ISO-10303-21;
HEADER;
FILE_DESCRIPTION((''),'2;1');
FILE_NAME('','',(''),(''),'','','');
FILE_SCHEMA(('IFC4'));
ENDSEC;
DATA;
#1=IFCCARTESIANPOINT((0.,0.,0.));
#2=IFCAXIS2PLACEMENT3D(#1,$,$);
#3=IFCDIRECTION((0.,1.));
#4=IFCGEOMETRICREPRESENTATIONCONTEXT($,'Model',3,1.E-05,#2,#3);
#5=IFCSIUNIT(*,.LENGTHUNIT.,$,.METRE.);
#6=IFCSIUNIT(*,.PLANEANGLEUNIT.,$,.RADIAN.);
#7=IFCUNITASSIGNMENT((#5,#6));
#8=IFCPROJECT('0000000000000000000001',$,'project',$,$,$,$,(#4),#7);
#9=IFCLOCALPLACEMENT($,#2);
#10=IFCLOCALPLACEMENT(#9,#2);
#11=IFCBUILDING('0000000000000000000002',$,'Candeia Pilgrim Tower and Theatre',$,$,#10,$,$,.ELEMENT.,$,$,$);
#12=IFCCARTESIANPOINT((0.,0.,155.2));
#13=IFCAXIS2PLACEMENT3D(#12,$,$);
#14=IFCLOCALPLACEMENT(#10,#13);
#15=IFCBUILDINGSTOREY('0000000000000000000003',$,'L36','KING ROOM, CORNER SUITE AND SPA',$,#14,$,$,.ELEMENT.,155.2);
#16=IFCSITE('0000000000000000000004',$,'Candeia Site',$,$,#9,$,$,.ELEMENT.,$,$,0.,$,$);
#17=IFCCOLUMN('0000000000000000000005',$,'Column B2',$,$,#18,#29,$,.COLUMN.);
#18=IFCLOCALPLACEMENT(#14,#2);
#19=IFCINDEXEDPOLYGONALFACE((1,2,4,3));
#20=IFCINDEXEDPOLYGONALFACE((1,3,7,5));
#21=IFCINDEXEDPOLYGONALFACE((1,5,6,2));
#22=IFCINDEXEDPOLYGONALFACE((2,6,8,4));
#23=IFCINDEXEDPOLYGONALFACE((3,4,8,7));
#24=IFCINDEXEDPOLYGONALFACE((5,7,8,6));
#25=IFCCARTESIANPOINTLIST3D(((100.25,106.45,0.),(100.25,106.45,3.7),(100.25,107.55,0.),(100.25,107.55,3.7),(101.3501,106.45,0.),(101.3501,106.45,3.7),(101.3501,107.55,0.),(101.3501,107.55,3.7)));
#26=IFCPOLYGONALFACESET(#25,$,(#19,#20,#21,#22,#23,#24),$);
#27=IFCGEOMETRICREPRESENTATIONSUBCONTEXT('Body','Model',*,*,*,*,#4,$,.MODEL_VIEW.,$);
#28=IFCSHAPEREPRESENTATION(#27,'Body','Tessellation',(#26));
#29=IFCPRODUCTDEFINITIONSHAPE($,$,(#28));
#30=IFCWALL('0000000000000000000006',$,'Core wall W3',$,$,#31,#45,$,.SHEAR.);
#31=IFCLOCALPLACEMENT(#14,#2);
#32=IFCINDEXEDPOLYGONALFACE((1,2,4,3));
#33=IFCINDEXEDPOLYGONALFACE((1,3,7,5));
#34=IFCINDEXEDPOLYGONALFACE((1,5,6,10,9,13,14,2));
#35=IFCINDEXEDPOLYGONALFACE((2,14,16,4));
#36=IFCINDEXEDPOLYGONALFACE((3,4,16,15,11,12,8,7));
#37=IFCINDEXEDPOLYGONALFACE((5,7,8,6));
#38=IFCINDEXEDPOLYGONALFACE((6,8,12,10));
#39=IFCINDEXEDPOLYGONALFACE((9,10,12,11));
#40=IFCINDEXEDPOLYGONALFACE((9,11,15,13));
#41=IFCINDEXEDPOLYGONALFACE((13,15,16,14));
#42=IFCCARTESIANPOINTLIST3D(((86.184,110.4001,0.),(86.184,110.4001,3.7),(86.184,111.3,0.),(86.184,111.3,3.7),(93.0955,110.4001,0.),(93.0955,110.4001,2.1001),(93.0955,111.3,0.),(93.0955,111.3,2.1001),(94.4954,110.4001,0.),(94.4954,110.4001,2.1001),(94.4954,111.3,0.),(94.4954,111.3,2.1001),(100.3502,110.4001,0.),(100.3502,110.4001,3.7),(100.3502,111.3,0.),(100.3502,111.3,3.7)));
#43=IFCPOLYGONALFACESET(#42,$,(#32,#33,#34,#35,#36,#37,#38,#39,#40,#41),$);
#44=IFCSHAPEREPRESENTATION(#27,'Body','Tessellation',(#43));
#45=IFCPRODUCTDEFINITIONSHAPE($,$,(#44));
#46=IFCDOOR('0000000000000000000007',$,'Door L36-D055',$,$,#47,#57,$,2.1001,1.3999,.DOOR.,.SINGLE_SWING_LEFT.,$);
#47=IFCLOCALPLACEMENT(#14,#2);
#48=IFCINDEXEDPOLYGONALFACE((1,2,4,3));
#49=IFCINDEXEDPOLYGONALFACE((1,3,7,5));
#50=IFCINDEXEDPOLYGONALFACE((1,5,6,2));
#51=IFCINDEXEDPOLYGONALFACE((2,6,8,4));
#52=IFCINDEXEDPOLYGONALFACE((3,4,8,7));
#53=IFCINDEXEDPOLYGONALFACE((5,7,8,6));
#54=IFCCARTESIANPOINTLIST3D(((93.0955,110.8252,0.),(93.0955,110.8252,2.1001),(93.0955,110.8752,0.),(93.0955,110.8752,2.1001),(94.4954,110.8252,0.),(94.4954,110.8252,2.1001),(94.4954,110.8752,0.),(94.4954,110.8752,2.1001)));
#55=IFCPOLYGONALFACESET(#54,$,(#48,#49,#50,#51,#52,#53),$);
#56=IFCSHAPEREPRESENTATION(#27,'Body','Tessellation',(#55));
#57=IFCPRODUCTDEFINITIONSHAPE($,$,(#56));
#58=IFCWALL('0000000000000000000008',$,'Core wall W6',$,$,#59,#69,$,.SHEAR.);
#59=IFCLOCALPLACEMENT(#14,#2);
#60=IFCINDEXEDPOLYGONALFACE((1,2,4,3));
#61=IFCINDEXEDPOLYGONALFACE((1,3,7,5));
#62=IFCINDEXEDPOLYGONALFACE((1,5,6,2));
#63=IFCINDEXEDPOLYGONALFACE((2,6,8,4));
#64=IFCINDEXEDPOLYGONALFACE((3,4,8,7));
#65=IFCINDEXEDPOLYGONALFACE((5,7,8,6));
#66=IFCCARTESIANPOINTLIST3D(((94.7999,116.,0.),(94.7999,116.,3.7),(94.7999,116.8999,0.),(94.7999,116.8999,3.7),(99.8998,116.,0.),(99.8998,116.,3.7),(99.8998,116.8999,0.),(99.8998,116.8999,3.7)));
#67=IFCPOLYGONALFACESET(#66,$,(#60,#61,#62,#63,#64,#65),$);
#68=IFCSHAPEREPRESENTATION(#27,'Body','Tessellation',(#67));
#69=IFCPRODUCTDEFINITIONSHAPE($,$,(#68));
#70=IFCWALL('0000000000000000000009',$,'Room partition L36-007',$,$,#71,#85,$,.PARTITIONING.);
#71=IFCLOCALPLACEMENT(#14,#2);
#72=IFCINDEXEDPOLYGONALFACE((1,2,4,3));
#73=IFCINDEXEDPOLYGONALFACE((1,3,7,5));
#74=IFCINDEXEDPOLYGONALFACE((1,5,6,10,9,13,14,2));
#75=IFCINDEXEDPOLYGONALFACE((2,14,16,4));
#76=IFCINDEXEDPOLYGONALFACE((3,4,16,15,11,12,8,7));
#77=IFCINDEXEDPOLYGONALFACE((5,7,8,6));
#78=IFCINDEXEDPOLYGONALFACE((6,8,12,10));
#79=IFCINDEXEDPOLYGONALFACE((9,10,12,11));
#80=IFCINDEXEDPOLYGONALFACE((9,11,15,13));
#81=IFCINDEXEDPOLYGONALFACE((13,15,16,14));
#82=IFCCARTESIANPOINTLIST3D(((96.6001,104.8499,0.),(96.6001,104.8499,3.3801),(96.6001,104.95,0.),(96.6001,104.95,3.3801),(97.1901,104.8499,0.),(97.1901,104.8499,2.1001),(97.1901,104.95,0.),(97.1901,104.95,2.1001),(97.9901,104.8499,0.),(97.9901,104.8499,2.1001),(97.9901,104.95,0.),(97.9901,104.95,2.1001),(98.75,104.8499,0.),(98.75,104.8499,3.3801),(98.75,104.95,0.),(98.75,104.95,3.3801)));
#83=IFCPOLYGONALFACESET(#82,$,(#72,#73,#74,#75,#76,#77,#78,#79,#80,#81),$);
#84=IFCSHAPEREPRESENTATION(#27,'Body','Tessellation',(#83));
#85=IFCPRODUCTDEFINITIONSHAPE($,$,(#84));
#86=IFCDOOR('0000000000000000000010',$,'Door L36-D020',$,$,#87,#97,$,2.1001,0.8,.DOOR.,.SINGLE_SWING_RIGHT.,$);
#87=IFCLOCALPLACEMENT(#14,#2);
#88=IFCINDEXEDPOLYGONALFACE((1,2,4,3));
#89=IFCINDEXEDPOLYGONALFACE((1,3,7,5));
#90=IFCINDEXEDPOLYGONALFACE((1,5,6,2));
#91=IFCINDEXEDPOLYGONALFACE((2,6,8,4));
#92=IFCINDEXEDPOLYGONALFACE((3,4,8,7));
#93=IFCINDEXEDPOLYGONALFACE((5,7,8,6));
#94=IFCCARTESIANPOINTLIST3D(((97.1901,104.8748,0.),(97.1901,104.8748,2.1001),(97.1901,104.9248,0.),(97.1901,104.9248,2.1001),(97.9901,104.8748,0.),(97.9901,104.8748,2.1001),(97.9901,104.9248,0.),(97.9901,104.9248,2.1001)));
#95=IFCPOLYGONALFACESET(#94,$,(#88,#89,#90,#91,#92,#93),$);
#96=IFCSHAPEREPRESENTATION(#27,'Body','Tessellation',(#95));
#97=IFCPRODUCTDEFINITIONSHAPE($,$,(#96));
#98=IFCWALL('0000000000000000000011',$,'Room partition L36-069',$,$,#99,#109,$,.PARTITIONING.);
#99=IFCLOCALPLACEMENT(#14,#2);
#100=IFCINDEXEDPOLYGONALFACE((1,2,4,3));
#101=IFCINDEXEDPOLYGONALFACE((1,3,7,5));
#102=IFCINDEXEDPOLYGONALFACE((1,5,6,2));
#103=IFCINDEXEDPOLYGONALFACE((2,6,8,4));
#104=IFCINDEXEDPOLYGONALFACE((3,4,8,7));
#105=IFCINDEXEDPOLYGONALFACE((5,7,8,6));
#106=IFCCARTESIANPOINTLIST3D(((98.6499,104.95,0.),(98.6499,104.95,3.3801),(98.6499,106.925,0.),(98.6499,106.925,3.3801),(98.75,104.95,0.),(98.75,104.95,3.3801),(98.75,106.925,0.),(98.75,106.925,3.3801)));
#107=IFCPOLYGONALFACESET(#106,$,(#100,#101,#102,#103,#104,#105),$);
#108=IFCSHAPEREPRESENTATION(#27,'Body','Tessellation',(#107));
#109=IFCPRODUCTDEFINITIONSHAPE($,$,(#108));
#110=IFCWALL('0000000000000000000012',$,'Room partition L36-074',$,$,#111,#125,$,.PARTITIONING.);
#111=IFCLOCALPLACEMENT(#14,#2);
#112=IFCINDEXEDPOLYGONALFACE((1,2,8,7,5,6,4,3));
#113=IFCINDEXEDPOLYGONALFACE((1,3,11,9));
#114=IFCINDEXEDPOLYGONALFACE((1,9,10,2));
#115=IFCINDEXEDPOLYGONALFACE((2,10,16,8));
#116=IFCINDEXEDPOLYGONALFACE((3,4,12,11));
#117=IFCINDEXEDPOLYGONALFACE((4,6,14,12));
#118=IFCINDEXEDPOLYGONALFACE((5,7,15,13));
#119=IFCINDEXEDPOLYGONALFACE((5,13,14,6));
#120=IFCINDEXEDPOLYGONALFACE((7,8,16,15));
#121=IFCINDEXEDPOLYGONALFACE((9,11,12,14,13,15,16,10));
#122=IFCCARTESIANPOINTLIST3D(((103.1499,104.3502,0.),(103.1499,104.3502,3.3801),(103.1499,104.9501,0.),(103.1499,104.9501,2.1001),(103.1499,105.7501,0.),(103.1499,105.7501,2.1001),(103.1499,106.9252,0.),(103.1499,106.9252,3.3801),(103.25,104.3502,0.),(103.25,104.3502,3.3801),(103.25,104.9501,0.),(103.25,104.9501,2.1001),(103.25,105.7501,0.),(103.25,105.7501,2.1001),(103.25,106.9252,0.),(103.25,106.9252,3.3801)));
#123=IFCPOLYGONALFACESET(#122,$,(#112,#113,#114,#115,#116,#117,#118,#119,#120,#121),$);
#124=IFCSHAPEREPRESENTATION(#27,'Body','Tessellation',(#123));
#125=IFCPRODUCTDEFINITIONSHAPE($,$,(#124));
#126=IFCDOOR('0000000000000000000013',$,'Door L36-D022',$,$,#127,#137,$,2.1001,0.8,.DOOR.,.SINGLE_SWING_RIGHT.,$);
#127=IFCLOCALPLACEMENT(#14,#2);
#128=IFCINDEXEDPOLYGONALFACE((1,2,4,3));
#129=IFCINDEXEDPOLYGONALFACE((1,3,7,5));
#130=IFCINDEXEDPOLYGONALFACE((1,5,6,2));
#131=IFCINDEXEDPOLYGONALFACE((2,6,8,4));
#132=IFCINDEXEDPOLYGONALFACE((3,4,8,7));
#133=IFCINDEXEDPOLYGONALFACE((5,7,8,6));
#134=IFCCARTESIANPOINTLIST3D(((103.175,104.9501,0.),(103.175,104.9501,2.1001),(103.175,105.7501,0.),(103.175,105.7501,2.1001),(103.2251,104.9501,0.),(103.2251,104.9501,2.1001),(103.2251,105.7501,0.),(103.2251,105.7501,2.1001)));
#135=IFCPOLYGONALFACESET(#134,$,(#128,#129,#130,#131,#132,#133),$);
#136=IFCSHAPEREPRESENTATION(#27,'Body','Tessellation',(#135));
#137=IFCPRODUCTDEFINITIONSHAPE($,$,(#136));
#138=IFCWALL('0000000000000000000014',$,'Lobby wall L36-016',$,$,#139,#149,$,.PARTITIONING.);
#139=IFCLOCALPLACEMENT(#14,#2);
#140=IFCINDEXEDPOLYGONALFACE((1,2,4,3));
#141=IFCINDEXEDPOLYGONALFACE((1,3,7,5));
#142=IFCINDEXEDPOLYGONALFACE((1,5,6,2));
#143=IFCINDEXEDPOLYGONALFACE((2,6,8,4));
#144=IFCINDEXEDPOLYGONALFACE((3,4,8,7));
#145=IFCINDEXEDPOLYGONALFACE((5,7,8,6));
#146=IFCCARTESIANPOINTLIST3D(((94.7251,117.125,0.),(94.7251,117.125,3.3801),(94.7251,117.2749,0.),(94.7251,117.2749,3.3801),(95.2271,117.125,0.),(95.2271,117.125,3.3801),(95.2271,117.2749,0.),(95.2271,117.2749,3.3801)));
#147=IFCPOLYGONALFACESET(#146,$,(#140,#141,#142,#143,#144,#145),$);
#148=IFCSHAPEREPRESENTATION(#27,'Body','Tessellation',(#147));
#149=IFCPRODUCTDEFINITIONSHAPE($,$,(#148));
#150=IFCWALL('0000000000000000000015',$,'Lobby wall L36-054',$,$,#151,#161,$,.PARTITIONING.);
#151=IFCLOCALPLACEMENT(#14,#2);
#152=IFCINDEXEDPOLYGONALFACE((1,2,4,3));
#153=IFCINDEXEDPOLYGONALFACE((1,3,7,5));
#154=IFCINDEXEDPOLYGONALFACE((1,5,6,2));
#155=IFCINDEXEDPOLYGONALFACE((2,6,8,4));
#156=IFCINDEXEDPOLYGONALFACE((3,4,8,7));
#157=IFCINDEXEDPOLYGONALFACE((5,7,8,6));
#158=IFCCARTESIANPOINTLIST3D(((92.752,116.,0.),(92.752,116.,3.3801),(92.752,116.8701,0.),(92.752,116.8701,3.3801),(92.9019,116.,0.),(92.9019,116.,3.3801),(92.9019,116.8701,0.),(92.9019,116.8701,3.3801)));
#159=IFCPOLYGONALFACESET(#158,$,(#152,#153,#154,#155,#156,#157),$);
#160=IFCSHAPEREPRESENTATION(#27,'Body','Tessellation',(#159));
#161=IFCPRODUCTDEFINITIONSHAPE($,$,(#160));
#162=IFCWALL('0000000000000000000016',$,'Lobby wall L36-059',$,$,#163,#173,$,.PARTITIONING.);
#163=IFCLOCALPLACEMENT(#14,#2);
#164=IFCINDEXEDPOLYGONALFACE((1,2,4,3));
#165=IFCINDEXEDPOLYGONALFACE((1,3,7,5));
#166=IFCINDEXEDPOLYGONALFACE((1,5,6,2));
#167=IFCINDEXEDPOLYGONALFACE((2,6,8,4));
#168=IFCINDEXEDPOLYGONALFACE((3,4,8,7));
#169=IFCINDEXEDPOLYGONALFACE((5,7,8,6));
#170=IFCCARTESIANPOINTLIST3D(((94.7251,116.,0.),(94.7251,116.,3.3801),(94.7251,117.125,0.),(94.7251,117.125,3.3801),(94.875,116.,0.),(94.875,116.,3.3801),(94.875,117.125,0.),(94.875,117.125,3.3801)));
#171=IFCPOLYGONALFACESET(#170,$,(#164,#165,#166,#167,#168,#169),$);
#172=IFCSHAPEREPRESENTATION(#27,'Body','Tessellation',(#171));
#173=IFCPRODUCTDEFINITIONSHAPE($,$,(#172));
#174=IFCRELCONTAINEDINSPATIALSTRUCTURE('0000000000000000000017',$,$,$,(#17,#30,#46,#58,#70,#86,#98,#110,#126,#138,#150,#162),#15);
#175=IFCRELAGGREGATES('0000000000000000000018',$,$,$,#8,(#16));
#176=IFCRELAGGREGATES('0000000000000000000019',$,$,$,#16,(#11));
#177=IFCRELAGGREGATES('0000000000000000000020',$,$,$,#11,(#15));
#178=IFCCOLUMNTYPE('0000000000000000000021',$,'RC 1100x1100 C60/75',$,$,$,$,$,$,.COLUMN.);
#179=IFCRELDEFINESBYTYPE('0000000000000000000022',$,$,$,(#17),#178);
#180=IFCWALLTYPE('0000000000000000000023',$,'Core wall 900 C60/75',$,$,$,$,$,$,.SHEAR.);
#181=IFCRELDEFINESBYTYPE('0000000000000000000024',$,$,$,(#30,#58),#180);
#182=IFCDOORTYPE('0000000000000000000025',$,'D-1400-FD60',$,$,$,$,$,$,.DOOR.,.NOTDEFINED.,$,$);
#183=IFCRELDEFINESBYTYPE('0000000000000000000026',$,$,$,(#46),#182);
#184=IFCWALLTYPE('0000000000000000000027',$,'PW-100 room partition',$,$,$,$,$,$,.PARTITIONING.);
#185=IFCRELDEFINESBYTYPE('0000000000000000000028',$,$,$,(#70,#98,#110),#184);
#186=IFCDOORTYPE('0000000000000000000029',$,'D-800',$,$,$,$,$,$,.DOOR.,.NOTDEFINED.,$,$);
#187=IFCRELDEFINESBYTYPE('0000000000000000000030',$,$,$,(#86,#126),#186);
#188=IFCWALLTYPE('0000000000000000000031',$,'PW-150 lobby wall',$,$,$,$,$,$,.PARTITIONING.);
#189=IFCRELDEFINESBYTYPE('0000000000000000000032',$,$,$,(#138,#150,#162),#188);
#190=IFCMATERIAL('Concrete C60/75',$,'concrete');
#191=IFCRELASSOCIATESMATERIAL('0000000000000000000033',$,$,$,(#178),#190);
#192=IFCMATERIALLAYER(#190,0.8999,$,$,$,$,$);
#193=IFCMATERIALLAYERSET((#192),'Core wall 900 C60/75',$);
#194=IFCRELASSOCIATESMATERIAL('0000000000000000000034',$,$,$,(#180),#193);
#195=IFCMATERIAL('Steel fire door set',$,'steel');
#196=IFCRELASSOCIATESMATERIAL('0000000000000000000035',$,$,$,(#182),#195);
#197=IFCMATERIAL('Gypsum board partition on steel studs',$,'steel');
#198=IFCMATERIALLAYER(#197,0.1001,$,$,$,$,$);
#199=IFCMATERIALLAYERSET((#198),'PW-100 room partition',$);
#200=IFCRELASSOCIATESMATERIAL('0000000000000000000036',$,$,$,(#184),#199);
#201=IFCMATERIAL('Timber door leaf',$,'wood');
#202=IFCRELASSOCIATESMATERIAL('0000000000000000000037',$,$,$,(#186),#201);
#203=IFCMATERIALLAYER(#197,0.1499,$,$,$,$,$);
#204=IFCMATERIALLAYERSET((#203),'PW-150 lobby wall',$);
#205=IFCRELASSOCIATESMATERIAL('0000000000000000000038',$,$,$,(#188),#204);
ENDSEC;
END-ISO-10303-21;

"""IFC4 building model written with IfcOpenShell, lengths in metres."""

from ifc_helpers import new_model, si_unit, direction, frame, frame_2d, origin, origin_2d, place, context, subcontext, project, spatial, rectangle, extrude, material, layer, layer_set, material_profile, profile_set, type_object, element, fill, save


model = new_model("IFC4")

# Units and contexts
model_context = context("Model", 3, precision=1e-05, world=origin(), true_north=direction((0.0, 1.0)))
body_context = subcontext(model_context, "Body", "Model", "MODEL_VIEW")
ifc_project = project(units=[si_unit("LENGTHUNIT", "METRE"), si_unit("PLANEANGLEUNIT", "RADIAN")], contexts=[model_context])

# Site, building, storey
site_placement = place(None, origin())
site = spatial("IfcSite", under=ifc_project, at=site_placement, Name="Candeia Site", CompositionType="ELEMENT", RefElevation=0.0)
building_placement = place(site_placement, origin())
building = spatial("IfcBuilding", under=site, at=building_placement, Name="Candeia Pilgrim Tower and Theatre", CompositionType="ELEMENT")
storey_placement = place(building_placement, frame((0.0, 0.0, 155.2)))
storey = spatial("IfcBuildingStorey", under=building, at=storey_placement, Name="L36", Description="KING ROOM, CORNER SUITE AND SPA", CompositionType="ELEMENT", Elevation=155.2)

# Column
ifc_material_1 = material(Name="Concrete C60/75", Category="concrete")
ifc_material_profile = material_profile(ifc_material_1, rectangle(XDim=1.1001, YDim=1.1001, at=origin_2d()))
ifc_profile_set = profile_set([ifc_material_profile], Name="Concrete C60/75")
column_type = type_object("IfcColumnType", Name="RC 1100x1100 C60/75", PredefinedType="COLUMN", material=ifc_profile_set)
column_placement = place(storey_placement, frame((100.8, 107.0, 0.0), z_axis=(0.0, 0.0, 1.0), x_axis=(1.0, 0.0, 0.0)))
element("IfcColumn", 1, at=column_placement, inside=storey, type_object=column_type, Name="Column B2", PredefinedType="COLUMN", context=body_context, shape_type="SweptSolid", body=[
    extrude(rectangle(XDim=1.1001, YDim=1.1001, at=origin_2d()), origin(), (0.0, 0.0, 1.0), 3.7),
])

# Wall, opening, door
ifc_layer_1 = layer(ifc_material_1, 0.8999)
ifc_layer_set_1 = layer_set([ifc_layer_1], Name="Core wall 900 C60/75")
wall_type_1 = type_object("IfcWallType", Name="Core wall 900 C60/75", PredefinedType="SHEAR", material=ifc_layer_set_1)
wall_1_placement = place(storey_placement, frame((100.3501, 110.8501, 0.0), z_axis=(0.0, 0.0, 1.0), x_axis=(-1.0, 0.0, 0.0)))
wall_1 = element("IfcWall", 2, at=wall_1_placement, inside=storey, type_object=wall_type_1, Name="Core wall W3", PredefinedType="SHEAR", context=body_context, shape_type="SweptSolid", body=[
    extrude(rectangle(XDim=14.1663, YDim=0.8999, at=frame_2d((7.083, 0.0))), origin(), (0.0, 0.0, 1.0), 3.7),
])
opening_1_placement = place(wall_1_placement, frame((5.8547, 0.0, 0.0)))
opening_1 = element("IfcOpeningElement", 3, at=opening_1_placement, cuts=wall_1, PredefinedType="OPENING", context=body_context, shape_type="SweptSolid", body=[
    extrude(rectangle(XDim=1.3999, YDim=2.1001, at=frame_2d((0.7, 1.05))), frame((0.0, 0.46, 0.0), z_axis=(0.0, -1.0, 0.0), x_axis=(1.0, 0.0, 0.0)), (0.0, 0.0, 1.0), 0.9199),
])
ifc_material_2 = material(Name="Steel fire door set", Category="steel")
door_type_1 = type_object("IfcDoorType", Name="D-1400-FD60", OperationType="NOTDEFINED", PredefinedType="DOOR", material=ifc_material_2)
door_1_placement = place(opening_1_placement, origin())
door_1 = element("IfcDoor", 4, at=door_1_placement, inside=storey, type_object=door_type_1, Name="Door L36-D055", OperationType="SINGLE_SWING_LEFT", OverallHeight=2.1001, OverallWidth=1.3999, PredefinedType="DOOR", context=body_context, shape_type="SweptSolid", body=[
    extrude(rectangle(XDim=1.3999, YDim=2.1001, at=frame_2d((0.7, 1.05))), frame((0.0, 0.0249, 0.0), z_axis=(0.0, -1.0, 0.0), x_axis=(1.0, 0.0, 0.0)), (0.0, 0.0, 1.0), 0.05),
])
fill(opening_1, door_1)

# Wall
wall_2_placement = place(storey_placement, frame((94.8, 116.45, 0.0), z_axis=(0.0, 0.0, 1.0), x_axis=(1.0, 0.0, 0.0)))
element("IfcWall", 5, at=wall_2_placement, inside=storey, type_object=wall_type_1, Name="Core wall W6", PredefinedType="SHEAR", context=body_context, shape_type="SweptSolid", body=[
    extrude(rectangle(XDim=5.0999, YDim=0.8999, at=frame_2d((2.5498, 0.0))), origin(), (0.0, 0.0, 1.0), 3.7),
])

# Wall, opening, door
ifc_material_3 = material(Name="Gypsum board partition on steel studs", Category="steel")
ifc_layer_2 = layer(ifc_material_3, 0.1001)
ifc_layer_set_2 = layer_set([ifc_layer_2], Name="PW-100 room partition")
wall_type_2 = type_object("IfcWallType", Name="PW-100 room partition", PredefinedType="PARTITIONING", material=ifc_layer_set_2)
wall_3_placement = place(storey_placement, frame((96.6001, 104.8999, 0.0), z_axis=(0.0, 0.0, 1.0), x_axis=(1.0, 0.0, 0.0)))
wall_3 = element("IfcWall", 6, at=wall_3_placement, inside=storey, type_object=wall_type_2, Name="Room partition L36-007", PredefinedType="PARTITIONING", context=body_context, shape_type="SweptSolid", body=[
    extrude(rectangle(XDim=2.1499, YDim=0.1001, at=frame_2d((1.075, 0.0))), origin(), (0.0, 0.0, 1.0), 3.3801),
])
opening_2_placement = place(wall_3_placement, frame((0.5901, 0.0, 0.0)))
opening_2 = element("IfcOpeningElement", 7, at=opening_2_placement, cuts=wall_3, PredefinedType="OPENING", context=body_context, shape_type="SweptSolid", body=[
    extrude(rectangle(XDim=0.8, YDim=2.1001, at=frame_2d((0.3999, 1.05))), frame((0.0, 0.0601, 0.0), z_axis=(0.0, -1.0, 0.0), x_axis=(1.0, 0.0, 0.0)), (0.0, 0.0, 1.0), 0.1201),
])
ifc_material_4 = material(Name="Timber door leaf", Category="wood")
door_type_2 = type_object("IfcDoorType", Name="D-800", OperationType="NOTDEFINED", PredefinedType="DOOR", material=ifc_material_4)
door_2_placement = place(opening_2_placement, origin())
door_2 = element("IfcDoor", 8, at=door_2_placement, inside=storey, type_object=door_type_2, Name="Door L36-D020", OperationType="SINGLE_SWING_RIGHT", OverallHeight=2.1001, OverallWidth=0.8, PredefinedType="DOOR", context=body_context, shape_type="SweptSolid", body=[
    extrude(rectangle(XDim=0.8, YDim=2.1001, at=frame_2d((0.3999, 1.05))), frame((0.0, 0.0249, 0.0), z_axis=(0.0, -1.0, 0.0), x_axis=(1.0, 0.0, 0.0)), (0.0, 0.0, 1.0), 0.05),
])
fill(opening_2, door_2)

# Wall
wall_4_placement = place(storey_placement, frame((98.7, 104.95, 0.0), z_axis=(0.0, 0.0, 1.0), x_axis=(0.0, 1.0, 0.0)))
element("IfcWall", 9, at=wall_4_placement, inside=storey, type_object=wall_type_2, Name="Room partition L36-069", PredefinedType="PARTITIONING", context=body_context, shape_type="SweptSolid", body=[
    extrude(rectangle(XDim=1.9751, YDim=0.1001, at=frame_2d((0.9875, 0.0))), origin(), (0.0, 0.0, 1.0), 3.3801),
])

# Wall, opening, door
wall_5_placement = place(storey_placement, frame((103.2, 104.3501, 0.0), z_axis=(0.0, 0.0, 1.0), x_axis=(0.0, 1.0, 0.0)))
wall_5 = element("IfcWall", 10, at=wall_5_placement, inside=storey, type_object=wall_type_2, Name="Room partition L36-074", PredefinedType="PARTITIONING", context=body_context, shape_type="SweptSolid", body=[
    extrude(rectangle(XDim=2.575, YDim=0.1001, at=frame_2d((1.2876, 0.0))), origin(), (0.0, 0.0, 1.0), 3.3801),
])
opening_3_placement = place(wall_5_placement, frame((0.6001, 0.0, 0.0)))
opening_3 = element("IfcOpeningElement", 11, at=opening_3_placement, cuts=wall_5, PredefinedType="OPENING", context=body_context, shape_type="SweptSolid", body=[
    extrude(rectangle(XDim=0.8, YDim=2.1001, at=frame_2d((0.3999, 1.05))), frame((0.0, 0.0601, 0.0), z_axis=(0.0, -1.0, 0.0), x_axis=(1.0, 0.0, 0.0)), (0.0, 0.0, 1.0), 0.1201),
])
door_3_placement = place(opening_3_placement, origin())
door_3 = element("IfcDoor", 12, at=door_3_placement, inside=storey, type_object=door_type_2, Name="Door L36-D022", OperationType="SINGLE_SWING_RIGHT", OverallHeight=2.1001, OverallWidth=0.8, PredefinedType="DOOR", context=body_context, shape_type="SweptSolid", body=[
    extrude(rectangle(XDim=0.8, YDim=2.1001, at=frame_2d((0.3999, 1.05))), frame((0.0, 0.0249, 0.0), z_axis=(0.0, -1.0, 0.0), x_axis=(1.0, 0.0, 0.0)), (0.0, 0.0, 1.0), 0.05),
])
fill(opening_3, door_3)

# Walls
ifc_layer_3 = layer(ifc_material_3, 0.1499)
ifc_layer_set_3 = layer_set([ifc_layer_3], Name="PW-150 lobby wall")
wall_type_3 = type_object("IfcWallType", Name="PW-150 lobby wall", PredefinedType="PARTITIONING", material=ifc_layer_set_3)
wall_6_placement = place(storey_placement, frame((94.7251, 117.2, 0.0), z_axis=(0.0, 0.0, 1.0), x_axis=(1.0, 0.0, 0.0)))
element("IfcWall", 13, at=wall_6_placement, inside=storey, type_object=wall_type_3, Name="Lobby wall L36-016", PredefinedType="PARTITIONING", context=body_context, shape_type="SweptSolid", body=[
    extrude(rectangle(XDim=0.502, YDim=0.1499, at=frame_2d((0.251, 0.0))), origin(), (0.0, 0.0, 1.0), 3.3801),
])
wall_7_placement = place(storey_placement, frame((92.8269, 116.0, 0.0), z_axis=(0.0, 0.0, 1.0), x_axis=(0.0, 1.0, 0.0)))
element("IfcWall", 14, at=wall_7_placement, inside=storey, type_object=wall_type_3, Name="Lobby wall L36-054", PredefinedType="PARTITIONING", context=body_context, shape_type="SweptSolid", body=[
    extrude(rectangle(XDim=0.8701, YDim=0.1499, at=frame_2d((0.4351, 0.0))), origin(), (0.0, 0.0, 1.0), 3.3801),
])
wall_8_placement = place(storey_placement, frame((94.8, 116.0, 0.0), z_axis=(0.0, 0.0, 1.0), x_axis=(0.0, 1.0, 0.0)))
element("IfcWall", 15, at=wall_8_placement, inside=storey, type_object=wall_type_3, Name="Lobby wall L36-059", PredefinedType="PARTITIONING", context=body_context, shape_type="SweptSolid", body=[
    extrude(rectangle(XDim=1.125, YDim=0.1499, at=frame_2d((0.5625, 0.0))), origin(), (0.0, 0.0, 1.0), 3.3801),
])

save(model, "model.ifc")
